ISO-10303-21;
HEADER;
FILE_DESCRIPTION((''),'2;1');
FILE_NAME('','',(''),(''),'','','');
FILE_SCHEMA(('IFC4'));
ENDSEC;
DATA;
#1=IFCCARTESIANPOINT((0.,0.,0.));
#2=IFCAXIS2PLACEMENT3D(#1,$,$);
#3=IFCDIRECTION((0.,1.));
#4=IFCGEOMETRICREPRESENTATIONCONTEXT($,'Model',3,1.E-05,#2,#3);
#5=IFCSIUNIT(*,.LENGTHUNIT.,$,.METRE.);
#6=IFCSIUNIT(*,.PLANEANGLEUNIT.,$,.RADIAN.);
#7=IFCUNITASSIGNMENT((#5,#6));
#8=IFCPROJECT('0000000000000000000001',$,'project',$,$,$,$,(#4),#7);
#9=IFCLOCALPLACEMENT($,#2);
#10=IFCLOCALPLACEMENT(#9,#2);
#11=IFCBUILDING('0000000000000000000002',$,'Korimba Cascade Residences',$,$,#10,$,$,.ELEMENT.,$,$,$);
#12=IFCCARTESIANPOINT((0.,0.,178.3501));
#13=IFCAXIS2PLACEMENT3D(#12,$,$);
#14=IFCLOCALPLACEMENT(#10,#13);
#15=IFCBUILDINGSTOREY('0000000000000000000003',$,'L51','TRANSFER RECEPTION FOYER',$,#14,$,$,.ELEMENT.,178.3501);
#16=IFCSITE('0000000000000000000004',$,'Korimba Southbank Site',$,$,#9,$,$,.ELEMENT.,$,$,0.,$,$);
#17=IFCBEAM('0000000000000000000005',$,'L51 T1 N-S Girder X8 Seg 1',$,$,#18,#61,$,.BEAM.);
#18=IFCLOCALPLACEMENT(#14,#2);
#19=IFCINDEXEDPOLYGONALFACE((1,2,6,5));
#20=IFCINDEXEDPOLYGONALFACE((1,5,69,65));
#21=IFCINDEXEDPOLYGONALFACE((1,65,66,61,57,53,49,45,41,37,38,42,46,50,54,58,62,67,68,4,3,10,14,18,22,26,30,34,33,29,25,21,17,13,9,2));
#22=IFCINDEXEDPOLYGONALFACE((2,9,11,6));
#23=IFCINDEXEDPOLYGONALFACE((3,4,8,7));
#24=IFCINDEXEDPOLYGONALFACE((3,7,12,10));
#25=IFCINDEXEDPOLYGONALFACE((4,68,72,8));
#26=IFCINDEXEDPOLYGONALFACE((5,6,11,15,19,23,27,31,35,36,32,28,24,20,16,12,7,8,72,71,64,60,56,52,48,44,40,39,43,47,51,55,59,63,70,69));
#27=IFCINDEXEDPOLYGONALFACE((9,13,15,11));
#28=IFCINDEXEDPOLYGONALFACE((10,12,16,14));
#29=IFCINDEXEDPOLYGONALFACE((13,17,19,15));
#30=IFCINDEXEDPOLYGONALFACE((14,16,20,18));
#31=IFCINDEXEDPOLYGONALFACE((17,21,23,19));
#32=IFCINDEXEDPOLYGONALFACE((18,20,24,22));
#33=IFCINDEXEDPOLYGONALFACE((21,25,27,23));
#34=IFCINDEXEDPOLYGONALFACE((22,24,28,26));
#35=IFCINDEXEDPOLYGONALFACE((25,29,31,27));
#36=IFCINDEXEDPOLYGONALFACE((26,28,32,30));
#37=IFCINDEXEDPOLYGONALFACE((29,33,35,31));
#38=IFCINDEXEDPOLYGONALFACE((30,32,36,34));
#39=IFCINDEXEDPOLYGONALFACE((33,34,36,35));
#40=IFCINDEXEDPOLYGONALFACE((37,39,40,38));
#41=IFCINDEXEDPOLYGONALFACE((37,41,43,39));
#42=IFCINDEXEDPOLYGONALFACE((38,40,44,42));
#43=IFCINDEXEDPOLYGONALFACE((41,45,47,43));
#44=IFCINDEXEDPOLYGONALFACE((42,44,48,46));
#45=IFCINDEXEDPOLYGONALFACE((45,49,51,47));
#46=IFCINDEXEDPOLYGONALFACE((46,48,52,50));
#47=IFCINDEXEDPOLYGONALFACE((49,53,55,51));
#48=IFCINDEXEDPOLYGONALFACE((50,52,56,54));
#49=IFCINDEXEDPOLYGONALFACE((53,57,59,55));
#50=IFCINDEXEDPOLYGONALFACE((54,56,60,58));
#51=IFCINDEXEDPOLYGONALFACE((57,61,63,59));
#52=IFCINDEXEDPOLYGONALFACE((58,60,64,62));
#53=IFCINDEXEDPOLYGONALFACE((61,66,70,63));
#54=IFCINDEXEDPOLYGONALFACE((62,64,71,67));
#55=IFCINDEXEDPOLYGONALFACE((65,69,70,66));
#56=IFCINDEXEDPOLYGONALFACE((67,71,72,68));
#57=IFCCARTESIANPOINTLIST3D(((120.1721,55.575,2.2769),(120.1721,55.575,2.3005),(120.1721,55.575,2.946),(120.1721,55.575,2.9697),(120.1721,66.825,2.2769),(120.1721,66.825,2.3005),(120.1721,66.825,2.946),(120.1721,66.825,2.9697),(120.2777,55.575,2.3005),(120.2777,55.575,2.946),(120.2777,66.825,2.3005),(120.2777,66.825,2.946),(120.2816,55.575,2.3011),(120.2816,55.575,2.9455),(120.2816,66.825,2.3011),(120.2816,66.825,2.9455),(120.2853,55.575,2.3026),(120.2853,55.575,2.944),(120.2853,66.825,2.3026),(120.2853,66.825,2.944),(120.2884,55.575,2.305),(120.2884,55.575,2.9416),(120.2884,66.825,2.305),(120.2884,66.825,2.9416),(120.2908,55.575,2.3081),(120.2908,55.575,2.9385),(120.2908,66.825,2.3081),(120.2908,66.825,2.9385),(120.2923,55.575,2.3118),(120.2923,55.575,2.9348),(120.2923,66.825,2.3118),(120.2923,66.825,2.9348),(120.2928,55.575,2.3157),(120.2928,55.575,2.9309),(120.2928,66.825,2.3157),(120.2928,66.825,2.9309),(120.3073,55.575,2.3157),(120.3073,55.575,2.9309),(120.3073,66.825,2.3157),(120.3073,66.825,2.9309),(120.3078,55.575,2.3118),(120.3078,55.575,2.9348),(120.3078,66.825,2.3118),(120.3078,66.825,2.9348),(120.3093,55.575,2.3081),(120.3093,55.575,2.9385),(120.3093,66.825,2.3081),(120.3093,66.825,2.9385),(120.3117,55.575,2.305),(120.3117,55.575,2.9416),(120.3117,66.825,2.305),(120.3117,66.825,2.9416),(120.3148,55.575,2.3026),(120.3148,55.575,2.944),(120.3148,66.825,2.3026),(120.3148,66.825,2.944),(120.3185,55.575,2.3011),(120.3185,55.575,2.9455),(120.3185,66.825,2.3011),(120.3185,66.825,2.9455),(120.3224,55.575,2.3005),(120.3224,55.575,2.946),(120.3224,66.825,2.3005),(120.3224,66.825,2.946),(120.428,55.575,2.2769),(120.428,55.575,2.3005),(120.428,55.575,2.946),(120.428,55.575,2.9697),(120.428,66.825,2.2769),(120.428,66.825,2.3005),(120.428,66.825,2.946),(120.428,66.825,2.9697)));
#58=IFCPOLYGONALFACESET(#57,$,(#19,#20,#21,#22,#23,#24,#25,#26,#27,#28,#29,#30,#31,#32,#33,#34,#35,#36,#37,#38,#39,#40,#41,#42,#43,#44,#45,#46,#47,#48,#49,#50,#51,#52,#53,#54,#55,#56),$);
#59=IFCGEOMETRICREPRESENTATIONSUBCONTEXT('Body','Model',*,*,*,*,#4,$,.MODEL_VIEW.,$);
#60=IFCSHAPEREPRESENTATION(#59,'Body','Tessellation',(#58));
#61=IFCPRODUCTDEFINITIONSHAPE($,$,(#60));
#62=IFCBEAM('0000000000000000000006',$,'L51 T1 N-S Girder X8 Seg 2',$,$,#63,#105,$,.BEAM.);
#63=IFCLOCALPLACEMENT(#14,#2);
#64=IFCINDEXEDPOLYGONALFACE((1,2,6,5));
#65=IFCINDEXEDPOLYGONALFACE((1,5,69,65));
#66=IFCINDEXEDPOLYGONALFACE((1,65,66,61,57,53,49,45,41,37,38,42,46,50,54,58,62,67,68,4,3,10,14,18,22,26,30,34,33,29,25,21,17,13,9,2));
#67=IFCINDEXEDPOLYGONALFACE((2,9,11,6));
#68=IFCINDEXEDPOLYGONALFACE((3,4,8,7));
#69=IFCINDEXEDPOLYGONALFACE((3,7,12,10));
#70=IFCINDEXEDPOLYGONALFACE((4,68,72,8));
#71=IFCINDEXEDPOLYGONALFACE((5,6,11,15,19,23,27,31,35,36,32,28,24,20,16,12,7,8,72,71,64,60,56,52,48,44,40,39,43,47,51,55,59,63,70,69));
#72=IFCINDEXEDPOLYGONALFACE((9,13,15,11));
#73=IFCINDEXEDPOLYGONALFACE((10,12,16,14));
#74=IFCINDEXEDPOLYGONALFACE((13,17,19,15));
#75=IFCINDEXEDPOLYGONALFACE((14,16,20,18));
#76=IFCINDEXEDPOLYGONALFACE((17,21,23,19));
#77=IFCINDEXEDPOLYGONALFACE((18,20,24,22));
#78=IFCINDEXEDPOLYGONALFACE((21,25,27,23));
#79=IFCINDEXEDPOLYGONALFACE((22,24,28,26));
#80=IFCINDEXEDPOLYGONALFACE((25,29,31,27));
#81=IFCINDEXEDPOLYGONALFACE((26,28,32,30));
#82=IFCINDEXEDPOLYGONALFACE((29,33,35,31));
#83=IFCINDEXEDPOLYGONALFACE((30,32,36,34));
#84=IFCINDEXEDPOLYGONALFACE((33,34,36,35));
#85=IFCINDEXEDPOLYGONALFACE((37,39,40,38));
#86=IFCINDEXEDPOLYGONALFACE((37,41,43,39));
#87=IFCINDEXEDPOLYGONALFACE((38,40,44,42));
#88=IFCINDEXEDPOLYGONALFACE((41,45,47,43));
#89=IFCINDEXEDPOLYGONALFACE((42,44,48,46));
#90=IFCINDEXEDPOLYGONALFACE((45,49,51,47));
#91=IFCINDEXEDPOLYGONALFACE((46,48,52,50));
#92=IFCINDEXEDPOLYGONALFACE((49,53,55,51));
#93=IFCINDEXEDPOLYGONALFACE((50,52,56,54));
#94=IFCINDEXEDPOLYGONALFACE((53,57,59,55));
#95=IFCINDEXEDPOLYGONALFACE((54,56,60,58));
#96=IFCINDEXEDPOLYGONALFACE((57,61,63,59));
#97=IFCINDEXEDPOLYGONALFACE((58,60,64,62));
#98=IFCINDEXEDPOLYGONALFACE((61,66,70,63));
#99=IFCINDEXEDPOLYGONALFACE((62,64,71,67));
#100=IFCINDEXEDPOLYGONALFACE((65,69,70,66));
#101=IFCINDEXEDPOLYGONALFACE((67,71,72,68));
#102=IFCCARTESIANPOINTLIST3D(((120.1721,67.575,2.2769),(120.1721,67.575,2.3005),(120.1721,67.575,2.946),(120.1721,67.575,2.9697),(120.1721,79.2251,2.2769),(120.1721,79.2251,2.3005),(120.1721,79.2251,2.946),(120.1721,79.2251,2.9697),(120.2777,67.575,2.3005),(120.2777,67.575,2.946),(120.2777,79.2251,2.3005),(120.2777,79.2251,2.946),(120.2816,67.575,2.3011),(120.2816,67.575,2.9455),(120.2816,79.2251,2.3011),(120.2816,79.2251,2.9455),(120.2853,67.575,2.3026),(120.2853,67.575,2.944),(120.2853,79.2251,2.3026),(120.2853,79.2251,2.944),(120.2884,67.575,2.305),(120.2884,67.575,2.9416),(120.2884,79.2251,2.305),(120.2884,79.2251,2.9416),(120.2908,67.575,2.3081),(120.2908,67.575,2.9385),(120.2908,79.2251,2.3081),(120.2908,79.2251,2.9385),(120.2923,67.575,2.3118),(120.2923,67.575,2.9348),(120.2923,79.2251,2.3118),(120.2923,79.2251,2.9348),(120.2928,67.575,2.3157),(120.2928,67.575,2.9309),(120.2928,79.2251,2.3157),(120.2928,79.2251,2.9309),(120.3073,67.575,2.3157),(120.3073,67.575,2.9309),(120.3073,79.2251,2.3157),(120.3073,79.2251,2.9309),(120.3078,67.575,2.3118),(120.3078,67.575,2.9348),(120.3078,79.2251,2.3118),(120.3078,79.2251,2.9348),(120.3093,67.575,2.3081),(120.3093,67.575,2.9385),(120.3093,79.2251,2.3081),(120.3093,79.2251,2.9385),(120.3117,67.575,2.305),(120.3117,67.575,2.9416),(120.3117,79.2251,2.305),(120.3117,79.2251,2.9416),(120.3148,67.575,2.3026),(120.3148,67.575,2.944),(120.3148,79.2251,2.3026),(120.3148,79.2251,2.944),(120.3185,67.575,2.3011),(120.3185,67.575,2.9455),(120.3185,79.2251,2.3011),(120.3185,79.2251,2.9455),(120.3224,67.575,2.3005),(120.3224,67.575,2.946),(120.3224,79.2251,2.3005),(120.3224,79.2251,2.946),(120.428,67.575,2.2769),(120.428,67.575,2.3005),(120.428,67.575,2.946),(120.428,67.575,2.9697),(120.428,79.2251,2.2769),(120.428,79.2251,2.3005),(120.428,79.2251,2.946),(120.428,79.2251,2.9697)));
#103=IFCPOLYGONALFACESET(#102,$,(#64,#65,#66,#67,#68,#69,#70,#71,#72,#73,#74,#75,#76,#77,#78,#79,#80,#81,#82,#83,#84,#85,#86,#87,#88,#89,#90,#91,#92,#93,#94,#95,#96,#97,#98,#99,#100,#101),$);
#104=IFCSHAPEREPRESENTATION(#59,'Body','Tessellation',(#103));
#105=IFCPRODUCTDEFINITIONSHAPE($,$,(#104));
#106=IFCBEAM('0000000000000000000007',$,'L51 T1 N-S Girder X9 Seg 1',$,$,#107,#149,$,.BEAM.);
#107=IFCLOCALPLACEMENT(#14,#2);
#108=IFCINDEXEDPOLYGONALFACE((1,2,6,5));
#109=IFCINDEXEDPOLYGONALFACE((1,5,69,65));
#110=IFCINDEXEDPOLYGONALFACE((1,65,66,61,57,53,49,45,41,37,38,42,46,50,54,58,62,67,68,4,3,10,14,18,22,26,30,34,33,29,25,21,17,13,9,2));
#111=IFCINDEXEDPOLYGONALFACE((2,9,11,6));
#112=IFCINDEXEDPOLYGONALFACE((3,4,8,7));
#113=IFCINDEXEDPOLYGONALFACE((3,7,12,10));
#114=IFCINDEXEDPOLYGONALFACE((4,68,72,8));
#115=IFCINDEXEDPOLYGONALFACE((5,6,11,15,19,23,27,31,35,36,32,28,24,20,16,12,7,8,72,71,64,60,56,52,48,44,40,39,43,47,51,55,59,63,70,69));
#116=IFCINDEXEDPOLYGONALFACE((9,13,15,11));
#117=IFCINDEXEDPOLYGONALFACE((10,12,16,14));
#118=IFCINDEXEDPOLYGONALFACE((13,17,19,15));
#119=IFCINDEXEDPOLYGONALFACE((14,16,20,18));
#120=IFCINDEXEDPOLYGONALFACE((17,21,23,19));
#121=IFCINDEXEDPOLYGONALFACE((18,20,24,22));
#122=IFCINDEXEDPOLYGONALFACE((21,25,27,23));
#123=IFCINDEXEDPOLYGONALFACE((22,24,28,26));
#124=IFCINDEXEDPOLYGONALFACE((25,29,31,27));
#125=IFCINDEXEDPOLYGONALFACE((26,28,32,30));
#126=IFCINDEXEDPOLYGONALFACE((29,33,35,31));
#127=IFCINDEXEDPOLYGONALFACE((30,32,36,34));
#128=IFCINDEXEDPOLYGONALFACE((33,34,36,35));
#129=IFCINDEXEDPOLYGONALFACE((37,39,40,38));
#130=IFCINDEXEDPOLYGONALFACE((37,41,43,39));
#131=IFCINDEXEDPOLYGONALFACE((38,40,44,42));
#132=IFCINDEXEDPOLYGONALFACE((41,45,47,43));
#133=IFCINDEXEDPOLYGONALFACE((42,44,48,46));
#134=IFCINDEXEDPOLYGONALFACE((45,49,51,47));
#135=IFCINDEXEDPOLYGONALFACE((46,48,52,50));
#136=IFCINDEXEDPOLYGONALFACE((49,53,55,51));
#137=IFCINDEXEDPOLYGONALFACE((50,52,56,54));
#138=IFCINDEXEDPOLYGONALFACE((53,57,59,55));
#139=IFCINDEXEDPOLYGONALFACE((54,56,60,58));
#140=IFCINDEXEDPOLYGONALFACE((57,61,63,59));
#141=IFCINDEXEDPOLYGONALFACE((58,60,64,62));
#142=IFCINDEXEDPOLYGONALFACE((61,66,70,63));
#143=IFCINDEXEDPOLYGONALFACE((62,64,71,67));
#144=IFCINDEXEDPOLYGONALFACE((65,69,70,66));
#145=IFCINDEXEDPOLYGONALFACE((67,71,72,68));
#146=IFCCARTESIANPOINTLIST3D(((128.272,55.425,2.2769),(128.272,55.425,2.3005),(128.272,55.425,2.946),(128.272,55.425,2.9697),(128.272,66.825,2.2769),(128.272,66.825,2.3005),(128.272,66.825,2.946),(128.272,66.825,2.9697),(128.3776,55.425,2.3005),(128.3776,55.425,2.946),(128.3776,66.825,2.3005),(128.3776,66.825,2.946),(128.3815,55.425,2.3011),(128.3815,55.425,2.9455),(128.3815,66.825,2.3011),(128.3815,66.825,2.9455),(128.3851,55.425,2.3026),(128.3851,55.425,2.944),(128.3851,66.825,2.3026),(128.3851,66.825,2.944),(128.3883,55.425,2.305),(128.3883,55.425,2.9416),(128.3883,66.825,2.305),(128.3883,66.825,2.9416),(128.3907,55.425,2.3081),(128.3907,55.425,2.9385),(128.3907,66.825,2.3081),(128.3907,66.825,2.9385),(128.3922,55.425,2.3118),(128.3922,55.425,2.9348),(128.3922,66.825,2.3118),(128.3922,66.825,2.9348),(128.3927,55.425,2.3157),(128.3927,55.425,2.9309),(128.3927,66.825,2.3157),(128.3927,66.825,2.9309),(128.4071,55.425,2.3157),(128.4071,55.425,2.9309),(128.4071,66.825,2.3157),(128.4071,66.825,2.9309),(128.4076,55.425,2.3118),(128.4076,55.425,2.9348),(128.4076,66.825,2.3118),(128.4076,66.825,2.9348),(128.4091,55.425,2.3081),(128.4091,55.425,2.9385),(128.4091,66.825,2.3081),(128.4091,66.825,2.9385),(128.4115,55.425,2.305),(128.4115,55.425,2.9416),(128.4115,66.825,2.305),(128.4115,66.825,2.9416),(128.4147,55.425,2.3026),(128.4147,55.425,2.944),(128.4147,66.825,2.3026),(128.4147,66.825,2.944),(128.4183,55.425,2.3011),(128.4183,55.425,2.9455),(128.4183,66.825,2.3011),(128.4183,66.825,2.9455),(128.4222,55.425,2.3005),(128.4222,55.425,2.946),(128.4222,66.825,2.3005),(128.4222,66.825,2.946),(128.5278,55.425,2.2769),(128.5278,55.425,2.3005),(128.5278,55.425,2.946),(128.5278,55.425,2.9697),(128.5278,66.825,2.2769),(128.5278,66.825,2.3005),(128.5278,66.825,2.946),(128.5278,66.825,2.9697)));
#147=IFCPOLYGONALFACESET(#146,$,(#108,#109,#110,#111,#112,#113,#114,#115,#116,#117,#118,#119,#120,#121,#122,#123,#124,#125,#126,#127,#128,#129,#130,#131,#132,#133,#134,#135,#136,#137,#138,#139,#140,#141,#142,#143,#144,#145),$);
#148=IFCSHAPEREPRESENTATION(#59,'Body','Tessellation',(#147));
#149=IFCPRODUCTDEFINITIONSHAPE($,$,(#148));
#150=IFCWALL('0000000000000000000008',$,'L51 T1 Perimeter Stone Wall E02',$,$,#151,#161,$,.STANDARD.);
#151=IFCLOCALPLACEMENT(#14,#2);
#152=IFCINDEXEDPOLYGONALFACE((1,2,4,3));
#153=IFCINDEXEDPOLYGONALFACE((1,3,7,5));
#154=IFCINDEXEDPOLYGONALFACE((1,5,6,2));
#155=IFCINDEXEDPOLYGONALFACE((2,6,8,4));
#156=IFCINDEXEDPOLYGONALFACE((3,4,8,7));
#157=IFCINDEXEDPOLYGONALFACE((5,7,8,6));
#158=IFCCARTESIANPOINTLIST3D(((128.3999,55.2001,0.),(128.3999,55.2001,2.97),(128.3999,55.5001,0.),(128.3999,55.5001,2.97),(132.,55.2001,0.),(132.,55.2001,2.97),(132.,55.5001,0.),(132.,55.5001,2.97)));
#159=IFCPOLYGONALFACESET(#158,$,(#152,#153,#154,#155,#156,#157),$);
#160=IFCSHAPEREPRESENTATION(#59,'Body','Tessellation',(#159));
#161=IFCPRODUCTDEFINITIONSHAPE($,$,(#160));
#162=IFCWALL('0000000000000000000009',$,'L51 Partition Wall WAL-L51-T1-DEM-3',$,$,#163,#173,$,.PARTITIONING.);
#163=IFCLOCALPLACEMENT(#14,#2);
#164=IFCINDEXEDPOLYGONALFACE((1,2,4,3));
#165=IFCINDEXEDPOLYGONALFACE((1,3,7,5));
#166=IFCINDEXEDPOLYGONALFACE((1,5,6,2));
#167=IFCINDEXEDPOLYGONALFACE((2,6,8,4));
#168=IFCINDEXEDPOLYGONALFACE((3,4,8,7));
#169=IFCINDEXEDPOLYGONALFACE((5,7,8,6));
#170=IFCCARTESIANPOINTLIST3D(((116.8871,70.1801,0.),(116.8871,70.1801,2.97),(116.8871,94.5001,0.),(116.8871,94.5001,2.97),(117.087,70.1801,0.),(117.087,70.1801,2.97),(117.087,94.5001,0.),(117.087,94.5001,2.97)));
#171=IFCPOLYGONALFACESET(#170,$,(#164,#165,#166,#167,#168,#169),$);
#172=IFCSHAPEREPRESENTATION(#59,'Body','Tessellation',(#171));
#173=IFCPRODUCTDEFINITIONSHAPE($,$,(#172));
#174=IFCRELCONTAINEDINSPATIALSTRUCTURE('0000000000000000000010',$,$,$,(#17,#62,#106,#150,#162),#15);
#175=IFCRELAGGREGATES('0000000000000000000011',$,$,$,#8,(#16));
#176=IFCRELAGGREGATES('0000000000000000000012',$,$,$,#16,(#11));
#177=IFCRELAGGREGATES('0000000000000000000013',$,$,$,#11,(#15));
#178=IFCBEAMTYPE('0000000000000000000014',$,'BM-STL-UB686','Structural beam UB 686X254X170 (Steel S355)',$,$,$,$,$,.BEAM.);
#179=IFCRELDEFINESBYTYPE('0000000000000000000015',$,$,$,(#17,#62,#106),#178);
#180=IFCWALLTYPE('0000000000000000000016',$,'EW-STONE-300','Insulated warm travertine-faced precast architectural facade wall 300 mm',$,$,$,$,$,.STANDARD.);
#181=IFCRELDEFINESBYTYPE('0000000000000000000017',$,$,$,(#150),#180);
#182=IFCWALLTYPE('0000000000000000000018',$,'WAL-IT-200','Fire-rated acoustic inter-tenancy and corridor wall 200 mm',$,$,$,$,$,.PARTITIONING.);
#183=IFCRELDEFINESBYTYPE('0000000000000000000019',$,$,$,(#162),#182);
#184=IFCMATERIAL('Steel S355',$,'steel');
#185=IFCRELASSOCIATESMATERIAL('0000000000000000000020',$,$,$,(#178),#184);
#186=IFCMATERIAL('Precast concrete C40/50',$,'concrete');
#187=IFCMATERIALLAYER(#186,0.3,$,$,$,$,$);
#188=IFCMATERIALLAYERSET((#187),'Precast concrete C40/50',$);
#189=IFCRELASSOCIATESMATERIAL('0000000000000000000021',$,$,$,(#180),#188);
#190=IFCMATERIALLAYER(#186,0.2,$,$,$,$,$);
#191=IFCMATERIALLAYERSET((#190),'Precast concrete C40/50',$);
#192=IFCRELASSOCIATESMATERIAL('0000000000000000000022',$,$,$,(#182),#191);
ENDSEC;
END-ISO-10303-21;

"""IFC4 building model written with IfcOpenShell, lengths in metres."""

from ifc_helpers import new_model, si_unit, direction, frame, frame_2d, origin, origin_2d, place, context, subcontext, project, spatial, rectangle, i_section, extrude, material, layer, layer_set, material_profile, profile_set, type_object, element, save


model = new_model("IFC4")

# Units and contexts
model_context = context("Model", 3, precision=1e-05, world=origin(), true_north=direction((0.0, 1.0)))
body_context = subcontext(model_context, "Body", "Model", "MODEL_VIEW")
ifc_project = project(units=[si_unit("LENGTHUNIT", "METRE"), si_unit("PLANEANGLEUNIT", "RADIAN")], contexts=[model_context])

# Site, building, storey
site_placement = place(None, origin())
site = spatial("IfcSite", under=ifc_project, at=site_placement, Name="Korimba Southbank Site", CompositionType="ELEMENT", RefElevation=0.0)
building_placement = place(site_placement, origin())
building = spatial("IfcBuilding", under=site, at=building_placement, Name="Korimba Cascade Residences", CompositionType="ELEMENT")
storey_placement = place(building_placement, frame((0.0, 0.0, 178.3501)))
storey = spatial("IfcBuildingStorey", under=building, at=storey_placement, Name="L51", Description="TRANSFER RECEPTION FOYER", CompositionType="ELEMENT", Elevation=178.3501)

# Beams
ifc_material_1 = material(Name="Steel S355", Category="steel")
ifc_material_profile_1 = material_profile(ifc_material_1, i_section(OverallWidth=0.2559, OverallDepth=0.6929, WebThickness=0.0144, FlangeThickness=0.0237, FilletRadius=0.0151, at=origin_2d()), Name="Steel S355")
ifc_profile_set_1 = profile_set([ifc_material_profile_1], Name="Steel S355")
beam_type_1 = type_object("IfcBeamType", Name="BM-STL-UB686", Description="Structural beam UB 686X254X170 (Steel S355)", PredefinedType="BEAM", material=ifc_profile_set_1)
beam_1_placement = place(storey_placement, frame((120.3, 55.575, 2.6233), z_axis=(0.0, 1.0, 0.0), x_axis=(-1.0, 0.0, 0.0)))
element("IfcBeam", 1, at=beam_1_placement, inside=storey, type_object=beam_type_1, Name="L51 T1 N-S Girder X8 Seg 1", PredefinedType="BEAM", context=body_context, shape_type="SweptSolid", body=[
    extrude(i_section(OverallWidth=0.2559, OverallDepth=0.6929, WebThickness=0.0144, FlangeThickness=0.0237, FilletRadius=0.0151, at=origin_2d()), origin(), (0.0, 0.0, 1.0), 11.25),
])
beam_2_placement = place(storey_placement, frame((120.3, 67.575, 2.6233), z_axis=(0.0, 1.0, 0.0), x_axis=(-1.0, 0.0, 0.0)))
element("IfcBeam", 2, at=beam_2_placement, inside=storey, type_object=beam_type_1, Name="L51 T1 N-S Girder X8 Seg 2", PredefinedType="BEAM", context=body_context, shape_type="SweptSolid", body=[
    extrude(i_section(OverallWidth=0.2559, OverallDepth=0.6929, WebThickness=0.0144, FlangeThickness=0.0237, FilletRadius=0.0151, at=origin_2d()), origin(), (0.0, 0.0, 1.0), 11.6501),
])
beam_3_placement = place(storey_placement, frame((128.3999, 55.425, 2.6233), z_axis=(0.0, 1.0, 0.0), x_axis=(-1.0, 0.0, 0.0)))
element("IfcBeam", 3, at=beam_3_placement, inside=storey, type_object=beam_type_1, Name="L51 T1 N-S Girder X9 Seg 1", PredefinedType="BEAM", context=body_context, shape_type="SweptSolid", body=[
    extrude(i_section(OverallWidth=0.2559, OverallDepth=0.6929, WebThickness=0.0144, FlangeThickness=0.0237, FilletRadius=0.0151, at=origin_2d()), origin(), (0.0, 0.0, 1.0), 11.3999),
])

# Walls
ifc_material_2 = material(Name="Precast concrete C40/50", Category="concrete")
ifc_layer_1 = layer(ifc_material_2, 0.3)
ifc_layer_set_1 = layer_set([ifc_layer_1], Name="Precast concrete C40/50")
wall_type_1 = type_object("IfcWallType", Name="EW-STONE-300", Description="Insulated warm travertine-faced precast architectural facade wall 300 mm", PredefinedType="STANDARD", material=ifc_layer_set_1)
wall_1_placement = place(storey_placement, frame((128.3999, 55.3501, 0.0), z_axis=(0.0, 0.0, 1.0), x_axis=(1.0, 0.0, 0.0)))
element("IfcWall", 4, at=wall_1_placement, inside=storey, type_object=wall_type_1, Name="L51 T1 Perimeter Stone Wall E02", PredefinedType="STANDARD", context=body_context, shape_type="SweptSolid", body=[
    extrude(rectangle(XDim=3.6001, YDim=0.3, at=frame_2d((1.8, 0.0))), origin(), (0.0, 0.0, 1.0), 2.97),
])
ifc_layer_2 = layer(ifc_material_2, 0.2)
ifc_layer_set_2 = layer_set([ifc_layer_2], Name="Precast concrete C40/50")
wall_type_2 = type_object("IfcWallType", Name="WAL-IT-200", Description="Fire-rated acoustic inter-tenancy and corridor wall 200 mm", PredefinedType="PARTITIONING", material=ifc_layer_set_2)
wall_2_placement = place(storey_placement, frame((116.9871, 70.1799, 0.0), z_axis=(0.0, 0.0, 1.0), x_axis=(0.0, 1.0, 0.0)))
element("IfcWall", 5, at=wall_2_placement, inside=storey, type_object=wall_type_2, Name="L51 Partition Wall WAL-L51-T1-DEM-3", PredefinedType="PARTITIONING", context=body_context, shape_type="SweptSolid", body=[
    extrude(rectangle(XDim=24.3201, YDim=0.2, at=frame_2d((12.1602, 0.0))), origin(), (0.0, 0.0, 1.0), 2.97),
])

save(model, "model.ifc")
